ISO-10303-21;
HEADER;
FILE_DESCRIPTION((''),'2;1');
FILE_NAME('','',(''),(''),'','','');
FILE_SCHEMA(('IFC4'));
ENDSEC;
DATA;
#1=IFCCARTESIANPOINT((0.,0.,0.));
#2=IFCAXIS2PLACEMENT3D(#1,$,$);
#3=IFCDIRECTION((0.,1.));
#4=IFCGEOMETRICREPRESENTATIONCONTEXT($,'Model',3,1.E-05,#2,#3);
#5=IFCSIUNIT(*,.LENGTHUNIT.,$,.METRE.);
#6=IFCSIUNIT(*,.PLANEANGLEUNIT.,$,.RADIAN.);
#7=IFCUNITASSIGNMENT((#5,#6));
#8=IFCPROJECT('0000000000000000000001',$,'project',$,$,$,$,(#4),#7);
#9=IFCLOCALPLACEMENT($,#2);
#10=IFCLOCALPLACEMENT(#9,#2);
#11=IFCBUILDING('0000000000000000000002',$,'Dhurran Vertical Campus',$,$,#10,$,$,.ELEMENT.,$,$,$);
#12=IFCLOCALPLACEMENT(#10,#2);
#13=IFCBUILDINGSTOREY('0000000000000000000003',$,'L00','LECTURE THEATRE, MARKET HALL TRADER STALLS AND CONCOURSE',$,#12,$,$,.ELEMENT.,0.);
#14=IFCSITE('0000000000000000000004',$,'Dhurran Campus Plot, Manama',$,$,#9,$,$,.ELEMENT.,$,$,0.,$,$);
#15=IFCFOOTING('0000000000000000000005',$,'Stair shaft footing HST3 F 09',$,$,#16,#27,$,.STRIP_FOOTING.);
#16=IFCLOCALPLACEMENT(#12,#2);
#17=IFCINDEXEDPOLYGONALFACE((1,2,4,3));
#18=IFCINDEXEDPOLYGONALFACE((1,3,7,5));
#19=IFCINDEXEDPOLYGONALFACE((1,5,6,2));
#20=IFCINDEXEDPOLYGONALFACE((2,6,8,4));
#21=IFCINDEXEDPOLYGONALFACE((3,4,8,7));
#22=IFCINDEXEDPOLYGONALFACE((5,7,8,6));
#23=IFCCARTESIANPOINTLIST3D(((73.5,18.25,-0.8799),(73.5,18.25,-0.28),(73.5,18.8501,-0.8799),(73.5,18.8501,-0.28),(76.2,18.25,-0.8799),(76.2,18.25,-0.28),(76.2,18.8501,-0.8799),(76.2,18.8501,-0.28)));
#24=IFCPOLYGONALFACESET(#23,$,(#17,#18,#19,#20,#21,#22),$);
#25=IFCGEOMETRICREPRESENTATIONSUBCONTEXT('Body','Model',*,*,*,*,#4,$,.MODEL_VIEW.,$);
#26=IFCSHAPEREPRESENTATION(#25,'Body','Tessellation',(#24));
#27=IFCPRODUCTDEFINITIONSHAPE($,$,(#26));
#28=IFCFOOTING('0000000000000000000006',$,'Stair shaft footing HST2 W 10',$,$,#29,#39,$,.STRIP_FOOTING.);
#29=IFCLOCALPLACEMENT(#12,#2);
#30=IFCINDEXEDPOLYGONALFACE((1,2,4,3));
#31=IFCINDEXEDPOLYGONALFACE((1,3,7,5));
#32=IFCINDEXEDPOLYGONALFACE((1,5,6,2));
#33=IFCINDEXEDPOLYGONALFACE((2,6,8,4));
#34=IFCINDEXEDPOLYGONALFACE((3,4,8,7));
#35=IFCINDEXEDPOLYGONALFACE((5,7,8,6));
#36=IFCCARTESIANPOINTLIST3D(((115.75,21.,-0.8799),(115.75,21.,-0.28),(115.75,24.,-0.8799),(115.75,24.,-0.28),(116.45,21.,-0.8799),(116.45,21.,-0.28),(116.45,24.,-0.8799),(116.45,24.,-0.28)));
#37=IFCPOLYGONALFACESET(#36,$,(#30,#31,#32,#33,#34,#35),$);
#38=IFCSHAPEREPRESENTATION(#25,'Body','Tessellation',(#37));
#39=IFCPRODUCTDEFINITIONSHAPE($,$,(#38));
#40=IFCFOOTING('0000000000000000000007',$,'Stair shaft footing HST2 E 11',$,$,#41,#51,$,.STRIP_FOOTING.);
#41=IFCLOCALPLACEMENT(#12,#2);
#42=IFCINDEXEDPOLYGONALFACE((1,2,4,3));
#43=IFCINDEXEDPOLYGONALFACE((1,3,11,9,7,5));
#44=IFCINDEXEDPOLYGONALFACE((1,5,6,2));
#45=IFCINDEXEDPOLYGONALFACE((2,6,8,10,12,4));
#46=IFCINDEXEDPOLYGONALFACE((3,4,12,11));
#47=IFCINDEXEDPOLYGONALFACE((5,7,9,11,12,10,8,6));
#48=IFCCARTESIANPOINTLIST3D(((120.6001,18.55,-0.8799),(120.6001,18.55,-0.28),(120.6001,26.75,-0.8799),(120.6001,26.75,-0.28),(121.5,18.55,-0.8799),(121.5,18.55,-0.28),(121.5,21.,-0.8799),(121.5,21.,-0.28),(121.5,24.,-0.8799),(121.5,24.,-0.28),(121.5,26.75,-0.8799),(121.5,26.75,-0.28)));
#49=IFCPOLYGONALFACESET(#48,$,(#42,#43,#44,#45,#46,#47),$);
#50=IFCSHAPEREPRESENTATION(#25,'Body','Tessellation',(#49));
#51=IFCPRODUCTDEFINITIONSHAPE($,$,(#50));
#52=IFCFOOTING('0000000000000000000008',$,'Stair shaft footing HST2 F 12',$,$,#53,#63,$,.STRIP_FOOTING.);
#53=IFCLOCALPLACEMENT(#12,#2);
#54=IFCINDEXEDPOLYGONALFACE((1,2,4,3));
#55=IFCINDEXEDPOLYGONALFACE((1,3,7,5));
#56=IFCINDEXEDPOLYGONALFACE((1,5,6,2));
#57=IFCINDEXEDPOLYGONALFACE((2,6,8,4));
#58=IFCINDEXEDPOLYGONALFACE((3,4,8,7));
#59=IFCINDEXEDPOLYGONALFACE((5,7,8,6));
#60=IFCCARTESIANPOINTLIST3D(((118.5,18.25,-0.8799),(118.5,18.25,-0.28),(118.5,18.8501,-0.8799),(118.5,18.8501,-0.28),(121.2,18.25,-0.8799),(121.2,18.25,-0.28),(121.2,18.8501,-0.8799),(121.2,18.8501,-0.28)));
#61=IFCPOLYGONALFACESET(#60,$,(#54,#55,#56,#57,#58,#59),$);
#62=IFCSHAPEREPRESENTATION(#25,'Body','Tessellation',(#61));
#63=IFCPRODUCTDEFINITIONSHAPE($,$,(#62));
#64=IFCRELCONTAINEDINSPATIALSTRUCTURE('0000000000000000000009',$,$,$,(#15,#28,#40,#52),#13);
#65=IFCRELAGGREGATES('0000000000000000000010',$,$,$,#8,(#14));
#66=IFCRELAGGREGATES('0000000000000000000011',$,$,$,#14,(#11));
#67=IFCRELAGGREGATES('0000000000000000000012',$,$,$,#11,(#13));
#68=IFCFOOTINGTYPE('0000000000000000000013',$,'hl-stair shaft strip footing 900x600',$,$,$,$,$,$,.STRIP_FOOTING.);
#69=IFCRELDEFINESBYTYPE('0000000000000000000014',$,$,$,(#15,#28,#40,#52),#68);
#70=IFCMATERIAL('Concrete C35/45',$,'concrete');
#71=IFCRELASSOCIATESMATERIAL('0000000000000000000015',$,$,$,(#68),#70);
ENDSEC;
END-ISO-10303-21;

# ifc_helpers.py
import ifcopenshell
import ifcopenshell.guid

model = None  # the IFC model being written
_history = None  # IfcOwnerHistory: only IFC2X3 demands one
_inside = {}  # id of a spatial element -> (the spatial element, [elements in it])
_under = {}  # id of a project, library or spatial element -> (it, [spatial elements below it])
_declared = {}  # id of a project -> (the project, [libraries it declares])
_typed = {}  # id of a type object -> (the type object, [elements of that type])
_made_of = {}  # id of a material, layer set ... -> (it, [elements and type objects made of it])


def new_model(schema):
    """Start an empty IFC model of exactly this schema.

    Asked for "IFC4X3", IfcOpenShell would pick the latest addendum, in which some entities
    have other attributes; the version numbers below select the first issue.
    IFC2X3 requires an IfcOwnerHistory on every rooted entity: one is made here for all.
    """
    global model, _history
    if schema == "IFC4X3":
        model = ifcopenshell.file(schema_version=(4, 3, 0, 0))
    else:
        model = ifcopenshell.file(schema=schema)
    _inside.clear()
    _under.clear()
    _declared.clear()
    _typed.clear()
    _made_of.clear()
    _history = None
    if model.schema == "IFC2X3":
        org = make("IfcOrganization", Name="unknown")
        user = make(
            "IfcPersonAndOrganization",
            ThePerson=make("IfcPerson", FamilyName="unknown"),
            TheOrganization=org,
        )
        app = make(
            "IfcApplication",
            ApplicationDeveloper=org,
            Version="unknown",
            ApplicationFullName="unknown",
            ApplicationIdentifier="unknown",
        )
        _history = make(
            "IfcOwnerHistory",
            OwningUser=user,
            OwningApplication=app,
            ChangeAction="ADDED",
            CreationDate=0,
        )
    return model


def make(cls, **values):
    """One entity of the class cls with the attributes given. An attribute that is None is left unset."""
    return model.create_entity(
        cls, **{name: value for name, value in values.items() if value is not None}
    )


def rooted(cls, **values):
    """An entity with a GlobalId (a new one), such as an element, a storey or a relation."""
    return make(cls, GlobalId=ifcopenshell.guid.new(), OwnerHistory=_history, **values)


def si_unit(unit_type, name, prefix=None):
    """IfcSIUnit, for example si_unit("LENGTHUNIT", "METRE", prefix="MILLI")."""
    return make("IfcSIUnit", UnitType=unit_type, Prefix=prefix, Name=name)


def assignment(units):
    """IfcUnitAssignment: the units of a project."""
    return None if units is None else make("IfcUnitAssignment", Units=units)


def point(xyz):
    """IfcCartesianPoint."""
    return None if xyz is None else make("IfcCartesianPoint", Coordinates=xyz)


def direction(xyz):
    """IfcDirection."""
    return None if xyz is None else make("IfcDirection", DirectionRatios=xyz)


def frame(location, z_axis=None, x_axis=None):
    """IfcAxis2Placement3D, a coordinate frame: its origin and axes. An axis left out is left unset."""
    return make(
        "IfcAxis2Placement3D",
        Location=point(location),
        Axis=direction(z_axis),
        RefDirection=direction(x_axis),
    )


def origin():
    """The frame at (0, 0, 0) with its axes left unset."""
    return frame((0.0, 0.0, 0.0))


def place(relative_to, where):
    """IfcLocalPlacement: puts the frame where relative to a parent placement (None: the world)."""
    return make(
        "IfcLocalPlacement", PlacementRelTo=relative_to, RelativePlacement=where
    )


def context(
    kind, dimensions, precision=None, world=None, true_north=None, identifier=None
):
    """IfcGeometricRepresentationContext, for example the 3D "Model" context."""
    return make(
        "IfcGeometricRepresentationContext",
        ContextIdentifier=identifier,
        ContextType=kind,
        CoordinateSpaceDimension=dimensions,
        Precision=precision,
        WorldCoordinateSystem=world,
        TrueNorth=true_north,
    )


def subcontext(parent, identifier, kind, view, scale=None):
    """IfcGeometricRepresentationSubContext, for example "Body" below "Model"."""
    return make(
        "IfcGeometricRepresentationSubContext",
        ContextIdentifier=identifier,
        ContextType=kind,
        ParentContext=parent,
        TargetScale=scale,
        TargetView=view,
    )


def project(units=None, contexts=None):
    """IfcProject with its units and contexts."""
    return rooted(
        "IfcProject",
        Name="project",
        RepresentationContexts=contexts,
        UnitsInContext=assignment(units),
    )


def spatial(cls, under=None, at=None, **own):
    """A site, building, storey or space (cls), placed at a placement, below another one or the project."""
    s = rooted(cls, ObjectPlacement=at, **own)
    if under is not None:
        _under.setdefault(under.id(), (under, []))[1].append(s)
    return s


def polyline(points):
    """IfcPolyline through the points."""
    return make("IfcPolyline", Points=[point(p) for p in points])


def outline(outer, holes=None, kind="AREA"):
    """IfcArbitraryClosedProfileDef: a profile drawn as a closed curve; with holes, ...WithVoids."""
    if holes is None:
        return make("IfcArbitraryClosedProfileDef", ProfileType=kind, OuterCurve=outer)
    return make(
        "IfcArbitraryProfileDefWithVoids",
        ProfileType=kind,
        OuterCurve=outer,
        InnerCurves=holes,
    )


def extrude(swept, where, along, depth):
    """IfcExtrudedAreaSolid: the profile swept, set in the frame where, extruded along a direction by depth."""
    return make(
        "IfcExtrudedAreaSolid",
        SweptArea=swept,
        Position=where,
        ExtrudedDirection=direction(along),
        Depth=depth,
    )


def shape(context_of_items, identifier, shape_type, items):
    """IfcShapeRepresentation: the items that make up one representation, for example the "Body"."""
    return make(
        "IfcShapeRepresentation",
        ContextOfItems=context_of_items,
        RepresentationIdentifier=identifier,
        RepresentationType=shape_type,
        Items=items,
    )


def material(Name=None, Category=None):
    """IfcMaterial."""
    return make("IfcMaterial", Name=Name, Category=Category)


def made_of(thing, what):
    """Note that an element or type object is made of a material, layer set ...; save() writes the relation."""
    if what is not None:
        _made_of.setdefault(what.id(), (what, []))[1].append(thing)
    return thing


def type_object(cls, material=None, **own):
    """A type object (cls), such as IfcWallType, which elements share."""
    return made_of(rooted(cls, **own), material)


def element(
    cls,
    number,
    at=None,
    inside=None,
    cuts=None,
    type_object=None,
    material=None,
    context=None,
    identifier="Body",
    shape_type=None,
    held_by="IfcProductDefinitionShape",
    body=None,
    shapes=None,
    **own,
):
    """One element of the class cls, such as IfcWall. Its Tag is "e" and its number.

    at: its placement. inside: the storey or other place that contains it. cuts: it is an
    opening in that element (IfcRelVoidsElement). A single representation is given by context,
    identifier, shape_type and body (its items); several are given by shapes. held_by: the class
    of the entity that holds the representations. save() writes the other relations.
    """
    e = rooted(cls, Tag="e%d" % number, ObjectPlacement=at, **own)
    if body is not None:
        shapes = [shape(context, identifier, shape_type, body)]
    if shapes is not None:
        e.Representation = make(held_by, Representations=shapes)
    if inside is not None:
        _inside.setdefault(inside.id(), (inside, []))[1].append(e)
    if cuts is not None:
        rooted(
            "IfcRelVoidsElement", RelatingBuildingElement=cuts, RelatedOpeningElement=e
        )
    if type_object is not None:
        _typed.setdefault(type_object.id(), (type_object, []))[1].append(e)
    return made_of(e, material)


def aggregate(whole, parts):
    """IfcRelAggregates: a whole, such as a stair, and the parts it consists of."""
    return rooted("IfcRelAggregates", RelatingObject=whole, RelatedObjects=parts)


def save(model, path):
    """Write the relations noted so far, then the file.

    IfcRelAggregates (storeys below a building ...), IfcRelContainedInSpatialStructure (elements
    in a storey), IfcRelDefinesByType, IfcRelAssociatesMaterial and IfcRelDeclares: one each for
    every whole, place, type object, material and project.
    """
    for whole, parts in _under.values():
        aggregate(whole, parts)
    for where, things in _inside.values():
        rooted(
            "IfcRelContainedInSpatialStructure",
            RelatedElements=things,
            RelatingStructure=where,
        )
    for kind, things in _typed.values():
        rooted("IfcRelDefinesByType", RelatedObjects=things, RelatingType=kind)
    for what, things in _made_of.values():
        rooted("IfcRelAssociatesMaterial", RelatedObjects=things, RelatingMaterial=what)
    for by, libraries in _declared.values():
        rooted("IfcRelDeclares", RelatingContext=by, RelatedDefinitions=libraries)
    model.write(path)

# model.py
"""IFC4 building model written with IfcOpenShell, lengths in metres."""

from ifc_helpers import new_model, si_unit, direction, frame, origin, place, context, subcontext, project, spatial, polyline, outline, extrude, material, type_object, element, save


model = new_model("IFC4")

# Units and contexts
model_context = context("Model", 3, precision=1e-05, world=origin(), true_north=direction((0.0, 1.0)))
body_context = subcontext(model_context, "Body", "Model", "MODEL_VIEW")
ifc_project = project(units=[si_unit("LENGTHUNIT", "METRE"), si_unit("PLANEANGLEUNIT", "RADIAN")], contexts=[model_context])

# Site, building, storey
site_placement = place(None, origin())
site = spatial("IfcSite", under=ifc_project, at=site_placement, Name="Dhurran Campus Plot, Manama", CompositionType="ELEMENT", RefElevation=0.0)
building_placement = place(site_placement, origin())
building = spatial("IfcBuilding", under=site, at=building_placement, Name="Dhurran Vertical Campus", CompositionType="ELEMENT")
storey_placement = place(building_placement, origin())
storey = spatial("IfcBuildingStorey", under=building, at=storey_placement, Name="L00", Description="LECTURE THEATRE, MARKET HALL TRADER STALLS AND CONCOURSE", CompositionType="ELEMENT", Elevation=0.0)

# Footings
ifc_material_1 = material(Name="Concrete C35/45", Category="concrete")
footing_type_1 = type_object("IfcFootingType", Name="hl-stair shaft strip footing 900x600", PredefinedType="STRIP_FOOTING", material=ifc_material_1)
footing_1_placement = place(storey_placement, frame((0.0, 0.0, -0.8799)))
element("IfcFooting", 1, at=footing_1_placement, inside=storey, type_object=footing_type_1, Name="Stair shaft footing HST3 F 09", PredefinedType="STRIP_FOOTING", context=body_context, shape_type="SweptSolid", body=[
    extrude(outline(polyline([(76.2, 18.25), (73.5, 18.25), (73.5, 18.8501), (76.2, 18.8501), (76.2, 18.25)])), origin(), (0.0, 0.0, 1.0), 0.5999),
])
footing_2_placement = place(storey_placement, frame((0.0, 0.0, -0.8799)))
element("IfcFooting", 2, at=footing_2_placement, inside=storey, type_object=footing_type_1, Name="Stair shaft footing HST2 W 10", PredefinedType="STRIP_FOOTING", context=body_context, shape_type="SweptSolid", body=[
    extrude(outline(polyline([(116.45, 21.0), (115.75, 21.0), (115.75, 24.0), (116.45, 24.0), (116.45, 21.0)])), origin(), (0.0, 0.0, 1.0), 0.5999),
])
footing_3_placement = place(storey_placement, frame((0.0, 0.0, -0.8799)))
element("IfcFooting", 3, at=footing_3_placement, inside=storey, type_object=footing_type_1, Name="Stair shaft footing HST2 E 11", PredefinedType="STRIP_FOOTING", context=body_context, shape_type="SweptSolid", body=[
    extrude(outline(polyline([(120.6001, 18.55), (120.6001, 26.75), (121.5, 26.75), (121.5, 24.0), (121.5, 24.0), (121.5, 21.0), (121.5, 21.0), (121.5, 18.55), (120.6001, 18.55)])), origin(), (0.0, 0.0, 1.0), 0.5999),
])
footing_4_placement = place(storey_placement, frame((0.0, 0.0, -0.8799)))
element("IfcFooting", 4, at=footing_4_placement, inside=storey, type_object=footing_type_1, Name="Stair shaft footing HST2 F 12", PredefinedType="STRIP_FOOTING", context=body_context, shape_type="SweptSolid", body=[
    extrude(outline(polyline([(121.2, 18.25), (118.5, 18.25), (118.5, 18.8501), (121.2, 18.8501), (121.2, 18.25)])), origin(), (0.0, 0.0, 1.0), 0.5999),
])

save(model, "model.ifc")
